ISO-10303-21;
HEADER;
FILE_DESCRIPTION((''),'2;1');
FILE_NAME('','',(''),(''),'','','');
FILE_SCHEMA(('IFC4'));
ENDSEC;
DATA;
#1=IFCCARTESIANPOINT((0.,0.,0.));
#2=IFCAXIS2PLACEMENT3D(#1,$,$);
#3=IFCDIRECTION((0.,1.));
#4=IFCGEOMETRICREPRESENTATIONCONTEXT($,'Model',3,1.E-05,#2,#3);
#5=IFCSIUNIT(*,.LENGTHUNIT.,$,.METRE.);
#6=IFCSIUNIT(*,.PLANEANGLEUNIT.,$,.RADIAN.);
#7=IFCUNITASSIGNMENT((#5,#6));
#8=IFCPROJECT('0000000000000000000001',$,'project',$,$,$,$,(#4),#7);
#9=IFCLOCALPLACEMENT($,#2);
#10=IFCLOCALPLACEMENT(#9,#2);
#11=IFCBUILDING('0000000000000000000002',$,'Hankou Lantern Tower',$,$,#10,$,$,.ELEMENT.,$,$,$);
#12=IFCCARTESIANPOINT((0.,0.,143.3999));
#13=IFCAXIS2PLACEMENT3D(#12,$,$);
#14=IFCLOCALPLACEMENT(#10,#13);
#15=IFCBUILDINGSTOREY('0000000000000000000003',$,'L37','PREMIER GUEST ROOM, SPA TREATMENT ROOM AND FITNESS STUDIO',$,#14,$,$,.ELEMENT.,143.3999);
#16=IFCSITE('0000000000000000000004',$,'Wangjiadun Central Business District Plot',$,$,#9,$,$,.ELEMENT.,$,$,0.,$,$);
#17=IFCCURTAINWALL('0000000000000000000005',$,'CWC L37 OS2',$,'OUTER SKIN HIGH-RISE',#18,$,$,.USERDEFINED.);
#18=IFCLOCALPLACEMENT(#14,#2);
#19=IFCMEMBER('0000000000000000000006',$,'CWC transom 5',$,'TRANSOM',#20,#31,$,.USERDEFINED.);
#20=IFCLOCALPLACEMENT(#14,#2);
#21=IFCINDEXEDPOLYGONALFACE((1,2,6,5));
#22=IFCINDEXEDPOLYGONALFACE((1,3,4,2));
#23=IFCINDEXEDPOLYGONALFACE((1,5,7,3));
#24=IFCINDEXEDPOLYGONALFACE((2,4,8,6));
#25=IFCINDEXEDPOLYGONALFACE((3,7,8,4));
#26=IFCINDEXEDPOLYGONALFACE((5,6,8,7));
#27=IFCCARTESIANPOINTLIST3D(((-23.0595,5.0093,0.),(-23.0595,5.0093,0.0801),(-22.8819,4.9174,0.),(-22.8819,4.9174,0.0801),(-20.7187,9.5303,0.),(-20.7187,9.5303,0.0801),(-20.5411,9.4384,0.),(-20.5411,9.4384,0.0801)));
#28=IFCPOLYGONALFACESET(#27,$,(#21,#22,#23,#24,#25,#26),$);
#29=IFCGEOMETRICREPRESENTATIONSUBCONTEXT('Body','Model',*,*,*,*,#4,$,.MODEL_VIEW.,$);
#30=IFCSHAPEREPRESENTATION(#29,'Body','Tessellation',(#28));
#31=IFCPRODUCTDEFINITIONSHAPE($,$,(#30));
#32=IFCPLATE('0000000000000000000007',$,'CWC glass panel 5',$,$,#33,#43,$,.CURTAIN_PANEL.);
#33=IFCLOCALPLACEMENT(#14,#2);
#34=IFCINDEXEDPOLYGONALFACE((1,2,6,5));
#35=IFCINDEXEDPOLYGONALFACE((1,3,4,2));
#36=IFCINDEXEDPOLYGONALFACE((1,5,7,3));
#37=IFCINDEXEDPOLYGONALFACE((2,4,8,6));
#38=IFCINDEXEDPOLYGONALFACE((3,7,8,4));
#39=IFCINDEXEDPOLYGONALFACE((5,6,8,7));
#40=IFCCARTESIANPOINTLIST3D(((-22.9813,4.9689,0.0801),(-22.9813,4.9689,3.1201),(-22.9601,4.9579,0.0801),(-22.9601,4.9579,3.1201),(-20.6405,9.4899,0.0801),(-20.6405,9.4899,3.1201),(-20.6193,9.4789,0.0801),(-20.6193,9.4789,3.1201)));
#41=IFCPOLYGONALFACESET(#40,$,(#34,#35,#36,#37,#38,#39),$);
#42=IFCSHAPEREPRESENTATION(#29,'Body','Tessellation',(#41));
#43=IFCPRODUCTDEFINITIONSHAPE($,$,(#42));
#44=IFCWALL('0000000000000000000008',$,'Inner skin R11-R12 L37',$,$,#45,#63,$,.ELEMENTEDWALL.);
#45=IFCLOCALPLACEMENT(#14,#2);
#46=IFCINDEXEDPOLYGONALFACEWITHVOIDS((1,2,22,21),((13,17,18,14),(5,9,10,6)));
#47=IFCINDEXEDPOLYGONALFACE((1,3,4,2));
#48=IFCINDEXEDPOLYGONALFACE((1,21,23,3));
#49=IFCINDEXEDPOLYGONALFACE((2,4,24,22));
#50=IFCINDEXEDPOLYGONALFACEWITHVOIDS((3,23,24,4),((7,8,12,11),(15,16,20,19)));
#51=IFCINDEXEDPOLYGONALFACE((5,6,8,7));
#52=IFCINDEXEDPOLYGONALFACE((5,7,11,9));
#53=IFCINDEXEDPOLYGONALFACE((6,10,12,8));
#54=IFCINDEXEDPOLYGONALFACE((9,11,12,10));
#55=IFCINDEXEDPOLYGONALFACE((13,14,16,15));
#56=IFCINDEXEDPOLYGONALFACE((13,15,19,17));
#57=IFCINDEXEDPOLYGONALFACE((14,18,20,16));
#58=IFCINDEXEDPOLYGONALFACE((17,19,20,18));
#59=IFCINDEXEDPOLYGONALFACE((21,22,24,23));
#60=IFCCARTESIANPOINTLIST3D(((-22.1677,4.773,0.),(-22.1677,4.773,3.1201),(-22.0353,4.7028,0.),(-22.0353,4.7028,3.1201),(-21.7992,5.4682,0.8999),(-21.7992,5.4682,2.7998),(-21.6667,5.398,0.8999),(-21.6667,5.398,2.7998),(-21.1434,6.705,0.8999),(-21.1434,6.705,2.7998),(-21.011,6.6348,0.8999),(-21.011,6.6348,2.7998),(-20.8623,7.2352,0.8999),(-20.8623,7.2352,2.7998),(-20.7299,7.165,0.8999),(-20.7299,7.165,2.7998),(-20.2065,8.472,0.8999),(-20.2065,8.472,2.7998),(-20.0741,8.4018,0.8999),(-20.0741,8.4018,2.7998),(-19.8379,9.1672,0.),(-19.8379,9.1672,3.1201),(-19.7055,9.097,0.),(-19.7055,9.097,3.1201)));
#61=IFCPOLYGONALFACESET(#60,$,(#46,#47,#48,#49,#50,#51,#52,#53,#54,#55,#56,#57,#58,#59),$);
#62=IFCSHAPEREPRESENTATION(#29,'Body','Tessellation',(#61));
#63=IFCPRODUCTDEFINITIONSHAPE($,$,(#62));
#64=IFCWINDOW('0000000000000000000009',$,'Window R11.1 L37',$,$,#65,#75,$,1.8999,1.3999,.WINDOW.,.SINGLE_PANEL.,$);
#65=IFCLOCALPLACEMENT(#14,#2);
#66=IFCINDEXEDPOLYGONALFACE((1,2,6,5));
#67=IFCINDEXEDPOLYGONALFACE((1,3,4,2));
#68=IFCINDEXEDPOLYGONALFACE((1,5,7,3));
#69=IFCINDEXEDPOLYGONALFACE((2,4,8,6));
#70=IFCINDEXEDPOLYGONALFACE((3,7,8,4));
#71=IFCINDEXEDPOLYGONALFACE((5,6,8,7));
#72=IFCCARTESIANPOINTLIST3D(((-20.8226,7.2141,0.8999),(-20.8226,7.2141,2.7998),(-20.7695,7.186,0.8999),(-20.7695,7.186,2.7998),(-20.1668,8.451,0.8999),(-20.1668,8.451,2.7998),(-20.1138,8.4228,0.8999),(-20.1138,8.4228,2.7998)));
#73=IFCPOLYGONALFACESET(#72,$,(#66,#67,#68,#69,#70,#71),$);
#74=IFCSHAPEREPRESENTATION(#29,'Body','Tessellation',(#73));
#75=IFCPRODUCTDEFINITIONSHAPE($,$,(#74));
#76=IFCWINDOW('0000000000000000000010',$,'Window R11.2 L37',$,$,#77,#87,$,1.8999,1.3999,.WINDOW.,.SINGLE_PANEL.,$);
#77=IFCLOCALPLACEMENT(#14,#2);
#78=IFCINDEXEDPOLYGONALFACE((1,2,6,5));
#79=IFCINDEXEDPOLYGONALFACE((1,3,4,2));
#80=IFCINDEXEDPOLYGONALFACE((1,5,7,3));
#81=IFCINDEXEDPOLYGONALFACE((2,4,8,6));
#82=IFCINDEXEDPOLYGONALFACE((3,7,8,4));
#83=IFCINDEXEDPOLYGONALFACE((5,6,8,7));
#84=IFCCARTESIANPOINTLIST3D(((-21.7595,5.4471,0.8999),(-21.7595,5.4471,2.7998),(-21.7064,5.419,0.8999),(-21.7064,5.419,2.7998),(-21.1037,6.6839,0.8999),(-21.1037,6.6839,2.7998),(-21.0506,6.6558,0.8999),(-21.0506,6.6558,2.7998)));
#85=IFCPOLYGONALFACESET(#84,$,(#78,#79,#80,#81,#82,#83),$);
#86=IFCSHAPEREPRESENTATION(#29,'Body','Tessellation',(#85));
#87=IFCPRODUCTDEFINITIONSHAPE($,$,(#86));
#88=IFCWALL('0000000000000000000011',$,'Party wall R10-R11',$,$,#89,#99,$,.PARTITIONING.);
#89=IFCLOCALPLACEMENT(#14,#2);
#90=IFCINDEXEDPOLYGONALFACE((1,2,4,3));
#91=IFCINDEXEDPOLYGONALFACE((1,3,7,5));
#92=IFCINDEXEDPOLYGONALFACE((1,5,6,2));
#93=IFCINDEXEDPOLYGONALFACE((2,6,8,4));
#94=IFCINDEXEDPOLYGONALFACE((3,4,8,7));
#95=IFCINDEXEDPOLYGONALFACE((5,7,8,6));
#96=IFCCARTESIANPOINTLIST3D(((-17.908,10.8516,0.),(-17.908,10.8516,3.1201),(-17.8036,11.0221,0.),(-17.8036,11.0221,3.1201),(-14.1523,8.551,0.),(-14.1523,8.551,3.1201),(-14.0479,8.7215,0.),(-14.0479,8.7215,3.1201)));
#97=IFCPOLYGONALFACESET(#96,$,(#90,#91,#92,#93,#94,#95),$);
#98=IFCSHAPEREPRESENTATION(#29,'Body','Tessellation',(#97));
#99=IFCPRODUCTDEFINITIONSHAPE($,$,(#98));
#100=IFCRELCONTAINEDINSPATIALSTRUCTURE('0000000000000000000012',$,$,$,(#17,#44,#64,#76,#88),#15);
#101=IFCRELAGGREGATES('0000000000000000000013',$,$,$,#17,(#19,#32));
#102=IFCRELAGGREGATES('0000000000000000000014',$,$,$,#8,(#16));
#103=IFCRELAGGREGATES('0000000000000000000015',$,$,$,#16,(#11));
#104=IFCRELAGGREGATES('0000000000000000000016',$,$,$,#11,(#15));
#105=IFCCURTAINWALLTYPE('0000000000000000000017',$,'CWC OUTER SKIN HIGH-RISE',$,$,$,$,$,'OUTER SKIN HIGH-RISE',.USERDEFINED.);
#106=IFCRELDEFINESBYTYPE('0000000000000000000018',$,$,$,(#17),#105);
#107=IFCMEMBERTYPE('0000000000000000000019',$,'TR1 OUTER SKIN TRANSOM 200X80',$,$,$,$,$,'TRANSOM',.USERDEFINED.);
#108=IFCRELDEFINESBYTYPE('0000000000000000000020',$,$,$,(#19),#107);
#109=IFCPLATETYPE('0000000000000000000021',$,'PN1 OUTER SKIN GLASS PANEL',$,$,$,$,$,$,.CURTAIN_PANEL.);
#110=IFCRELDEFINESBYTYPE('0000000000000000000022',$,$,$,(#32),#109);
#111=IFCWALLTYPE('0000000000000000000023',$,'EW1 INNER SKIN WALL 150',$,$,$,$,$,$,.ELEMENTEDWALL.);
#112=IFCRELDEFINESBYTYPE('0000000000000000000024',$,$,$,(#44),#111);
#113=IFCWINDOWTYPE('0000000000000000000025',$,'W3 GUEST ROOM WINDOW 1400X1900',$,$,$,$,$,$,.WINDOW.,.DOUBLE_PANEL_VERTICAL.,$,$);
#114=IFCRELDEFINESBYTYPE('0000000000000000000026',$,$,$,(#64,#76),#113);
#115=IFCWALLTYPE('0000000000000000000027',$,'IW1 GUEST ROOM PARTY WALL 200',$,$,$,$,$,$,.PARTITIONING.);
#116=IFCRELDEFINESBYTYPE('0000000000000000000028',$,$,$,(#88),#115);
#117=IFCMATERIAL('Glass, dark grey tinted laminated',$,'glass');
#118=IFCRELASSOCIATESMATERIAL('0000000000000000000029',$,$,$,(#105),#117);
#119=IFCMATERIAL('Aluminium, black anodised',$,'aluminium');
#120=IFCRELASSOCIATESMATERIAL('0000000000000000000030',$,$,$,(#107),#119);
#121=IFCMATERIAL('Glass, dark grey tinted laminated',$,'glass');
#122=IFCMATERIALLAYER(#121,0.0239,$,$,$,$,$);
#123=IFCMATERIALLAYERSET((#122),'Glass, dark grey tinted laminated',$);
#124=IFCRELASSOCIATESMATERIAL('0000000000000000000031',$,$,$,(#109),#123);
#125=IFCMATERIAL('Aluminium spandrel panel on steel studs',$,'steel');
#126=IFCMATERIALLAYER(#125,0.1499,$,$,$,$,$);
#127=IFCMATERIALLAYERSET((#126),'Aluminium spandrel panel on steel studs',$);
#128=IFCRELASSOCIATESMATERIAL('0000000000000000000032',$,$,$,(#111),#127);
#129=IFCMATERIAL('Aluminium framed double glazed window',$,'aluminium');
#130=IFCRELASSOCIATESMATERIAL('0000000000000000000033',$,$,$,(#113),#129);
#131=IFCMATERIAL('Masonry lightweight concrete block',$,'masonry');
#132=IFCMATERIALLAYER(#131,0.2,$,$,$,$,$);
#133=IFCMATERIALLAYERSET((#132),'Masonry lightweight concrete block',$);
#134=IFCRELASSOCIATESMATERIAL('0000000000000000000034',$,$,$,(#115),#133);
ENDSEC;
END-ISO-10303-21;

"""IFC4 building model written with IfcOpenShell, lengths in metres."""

from ifc_helpers import new_model, si_unit, direction, frame, frame_2d, origin, origin_2d, place, context, subcontext, project, spatial, rectangle, extrude, material, layer, layer_set, material_profile, profile_set, type_object, element, fill, aggregate, save


model = new_model("IFC4")

# Units and contexts
model_context = context("Model", 3, precision=1e-05, world=origin(), true_north=direction((0.0, 1.0)))
body_context = subcontext(model_context, "Body", "Model", "MODEL_VIEW")
ifc_project = project(units=[si_unit("LENGTHUNIT", "METRE"), si_unit("PLANEANGLEUNIT", "RADIAN")], contexts=[model_context])

# Site, building, storey
site_placement = place(None, origin())
site = spatial("IfcSite", under=ifc_project, at=site_placement, Name="Wangjiadun Central Business District Plot", CompositionType="ELEMENT", RefElevation=0.0)
building_placement = place(site_placement, origin())
building = spatial("IfcBuilding", under=site, at=building_placement, Name="Hankou Lantern Tower", CompositionType="ELEMENT")
storey_placement = place(building_placement, frame((0.0, 0.0, 143.3999)))
storey = spatial("IfcBuildingStorey", under=building, at=storey_placement, Name="L37", Description="PREMIER GUEST ROOM, SPA TREATMENT ROOM AND FITNESS STUDIO", CompositionType="ELEMENT", Elevation=143.3999)

# Curtain wall
ifc_material_1 = material(Name="Glass, dark grey tinted laminated", Category="glass")
curtain_wall_type = type_object("IfcCurtainWallType", Name="CWC OUTER SKIN HIGH-RISE", ElementType="OUTER SKIN HIGH-RISE", PredefinedType="USERDEFINED", material=ifc_material_1)
curtain_wall_placement = place(storey_placement, origin())
curtain_wall = element("IfcCurtainWall", 1, at=curtain_wall_placement, inside=storey, type_object=curtain_wall_type, Name="CWC L37 OS2", ObjectType="OUTER SKIN HIGH-RISE", PredefinedType="USERDEFINED")

# Member
ifc_material_2 = material(Name="Aluminium, black anodised", Category="aluminium")
ifc_material_profile_1 = material_profile(ifc_material_2, rectangle(XDim=0.2, YDim=0.0801, at=origin_2d()), Name="TR1 200X80")
ifc_profile_set_1 = profile_set([ifc_material_profile_1], Name="Aluminium, black anodised")
member_type_1 = type_object("IfcMemberType", Name="TR1 OUTER SKIN TRANSOM 200X80", ElementType="TRANSOM", PredefinedType="USERDEFINED", material=ifc_profile_set_1)
member_1_placement = place(storey_placement, frame((-20.6299, 9.4844, 0.04), z_axis=(-0.459791, -0.888027, 0.0), x_axis=(0.888027, -0.459791, 0.0)))
member_1 = element("IfcMember", 2, at=member_1_placement, type_object=member_type_1, Name="CWC transom 5", ObjectType="TRANSOM", PredefinedType="USERDEFINED", context=body_context, shape_type="SweptSolid", body=[
    extrude(rectangle(XDim=0.2, YDim=0.0801, at=origin_2d()), origin(), (0.0, 0.0, 1.0), 5.0911),
])

# Plate
ifc_material_3 = material(Name="Glass, dark grey tinted laminated", Category="glass")
ifc_layer_1 = layer(ifc_material_3, 0.0239)
ifc_layer_set_1 = layer_set([ifc_layer_1], Name="Glass, dark grey tinted laminated")
plate_type = type_object("IfcPlateType", Name="PN1 OUTER SKIN GLASS PANEL", PredefinedType="CURTAIN_PANEL", material=ifc_layer_set_1)
plate_placement = place(storey_placement, frame((-21.8003, 7.2239, 0.0801), z_axis=(0.0, 0.0, 1.0), x_axis=(-0.459791, -0.888027, 0.0)))
plate = element("IfcPlate", 3, at=plate_placement, type_object=plate_type, Name="CWC glass panel 5", PredefinedType="CURTAIN_PANEL", context=body_context, shape_type="SweptSolid", body=[
    extrude(rectangle(XDim=5.0911, YDim=0.0239, at=origin_2d()), origin(), (0.0, 0.0, 1.0), 3.04),
])
aggregate(curtain_wall, [member_1, plate])

# Wall, openings, windows
ifc_material_4 = material(Name="Aluminium spandrel panel on steel studs", Category="steel")
ifc_layer_2 = layer(ifc_material_4, 0.1499)
ifc_layer_set_2 = layer_set([ifc_layer_2], Name="Aluminium spandrel panel on steel studs")
wall_type_1 = type_object("IfcWallType", Name="EW1 INNER SKIN WALL 150", PredefinedType="ELEMENTEDWALL", material=ifc_layer_set_2)
wall_1_placement = place(storey_placement, frame((-19.7717, 9.1321, 0.0), z_axis=(0.0, 0.0, 1.0), x_axis=(-0.468429, -0.883501, 0.0)))
wall_1 = element("IfcWall", 4, at=wall_1_placement, inside=storey, type_object=wall_type_1, Name="Inner skin R11-R12 L37", PredefinedType="ELEMENTEDWALL", context=body_context, shape_type="SweptSolid", body=[
    extrude(rectangle(XDim=4.9736, YDim=0.1499, at=frame_2d((2.4868, 0.0))), origin(), (0.0, 0.0, 1.0), 3.1201),
])
opening_1_placement = place(wall_1_placement, frame((0.7869, 0.0, 0.8999)))
opening_1 = element("IfcOpeningElement", 5, at=opening_1_placement, cuts=wall_1, PredefinedType="OPENING", context=body_context, shape_type="SweptSolid", body=[
    extrude(rectangle(XDim=1.3999, YDim=1.8999, at=frame_2d((0.7, 0.95))), frame((0.0, 0.085, 0.0), z_axis=(0.0, -1.0, 0.0), x_axis=(1.0, 0.0, 0.0)), (0.0, 0.0, 1.0), 0.1699),
])
opening_2_placement = place(wall_1_placement, frame((2.7869, 0.0, 0.8999)))
opening_2 = element("IfcOpeningElement", 6, at=opening_2_placement, cuts=wall_1, PredefinedType="OPENING", context=body_context, shape_type="SweptSolid", body=[
    extrude(rectangle(XDim=1.3999, YDim=1.8999, at=frame_2d((0.7, 0.95))), frame((0.0, 0.085, 0.0), z_axis=(0.0, -1.0, 0.0), x_axis=(1.0, 0.0, 0.0)), (0.0, 0.0, 1.0), 0.1699),
])
ifc_material_5 = material(Name="Aluminium framed double glazed window", Category="aluminium")
window_type = type_object("IfcWindowType", Name="W3 GUEST ROOM WINDOW 1400X1900", PartitioningType="DOUBLE_PANEL_VERTICAL", PredefinedType="WINDOW", material=ifc_material_5)
window_1_placement = place(opening_1_placement, origin())
window_1 = element("IfcWindow", 7, at=window_1_placement, inside=storey, type_object=window_type, Name="Window R11.1 L37", OverallHeight=1.8999, OverallWidth=1.3999, PartitioningType="SINGLE_PANEL", PredefinedType="WINDOW", context=body_context, shape_type="SweptSolid", body=[
    extrude(rectangle(XDim=1.3999, YDim=1.8999, at=frame_2d((0.7, 0.95))), frame((0.0, 0.03, 0.0), z_axis=(0.0, -1.0, 0.0), x_axis=(1.0, 0.0, 0.0)), (0.0, 0.0, 1.0), 0.0601),
])
fill(opening_1, window_1)
window_2_placement = place(opening_2_placement, origin())
window_2 = element("IfcWindow", 8, at=window_2_placement, inside=storey, type_object=window_type, Name="Window R11.2 L37", OverallHeight=1.8999, OverallWidth=1.3999, PartitioningType="SINGLE_PANEL", PredefinedType="WINDOW", context=body_context, shape_type="SweptSolid", body=[
    extrude(rectangle(XDim=1.3999, YDim=1.8999, at=frame_2d((0.7, 0.95))), frame((0.0, 0.03, 0.0), z_axis=(0.0, -1.0, 0.0), x_axis=(1.0, 0.0, 0.0)), (0.0, 0.0, 1.0), 0.0601),
])
fill(opening_2, window_2)

# Wall
ifc_material_6 = material(Name="Masonry lightweight concrete block", Category="masonry")
ifc_layer_3 = layer(ifc_material_6, 0.2)
ifc_layer_set_3 = layer_set([ifc_layer_3], Name="Masonry lightweight concrete block")
wall_type_2 = type_object("IfcWallType", Name="IW1 GUEST ROOM PARTY WALL 200", PredefinedType="PARTITIONING", material=ifc_layer_set_3)
wall_2_placement = place(storey_placement, frame((-14.1001, 8.6362, 0.0), z_axis=(0.0, 0.0, 1.0), x_axis=(-0.852732, 0.522349, 0.0)))
element("IfcWall", 9, at=wall_2_placement, inside=storey, type_object=wall_type_2, Name="Party wall R10-R11", PredefinedType="PARTITIONING", context=body_context, shape_type="SweptSolid", body=[
    extrude(rectangle(XDim=4.4043, YDim=0.2, at=frame_2d((2.2021, 0.0))), origin(), (0.0, 0.0, 1.0), 3.1201),
])

save(model, "model.ifc")
